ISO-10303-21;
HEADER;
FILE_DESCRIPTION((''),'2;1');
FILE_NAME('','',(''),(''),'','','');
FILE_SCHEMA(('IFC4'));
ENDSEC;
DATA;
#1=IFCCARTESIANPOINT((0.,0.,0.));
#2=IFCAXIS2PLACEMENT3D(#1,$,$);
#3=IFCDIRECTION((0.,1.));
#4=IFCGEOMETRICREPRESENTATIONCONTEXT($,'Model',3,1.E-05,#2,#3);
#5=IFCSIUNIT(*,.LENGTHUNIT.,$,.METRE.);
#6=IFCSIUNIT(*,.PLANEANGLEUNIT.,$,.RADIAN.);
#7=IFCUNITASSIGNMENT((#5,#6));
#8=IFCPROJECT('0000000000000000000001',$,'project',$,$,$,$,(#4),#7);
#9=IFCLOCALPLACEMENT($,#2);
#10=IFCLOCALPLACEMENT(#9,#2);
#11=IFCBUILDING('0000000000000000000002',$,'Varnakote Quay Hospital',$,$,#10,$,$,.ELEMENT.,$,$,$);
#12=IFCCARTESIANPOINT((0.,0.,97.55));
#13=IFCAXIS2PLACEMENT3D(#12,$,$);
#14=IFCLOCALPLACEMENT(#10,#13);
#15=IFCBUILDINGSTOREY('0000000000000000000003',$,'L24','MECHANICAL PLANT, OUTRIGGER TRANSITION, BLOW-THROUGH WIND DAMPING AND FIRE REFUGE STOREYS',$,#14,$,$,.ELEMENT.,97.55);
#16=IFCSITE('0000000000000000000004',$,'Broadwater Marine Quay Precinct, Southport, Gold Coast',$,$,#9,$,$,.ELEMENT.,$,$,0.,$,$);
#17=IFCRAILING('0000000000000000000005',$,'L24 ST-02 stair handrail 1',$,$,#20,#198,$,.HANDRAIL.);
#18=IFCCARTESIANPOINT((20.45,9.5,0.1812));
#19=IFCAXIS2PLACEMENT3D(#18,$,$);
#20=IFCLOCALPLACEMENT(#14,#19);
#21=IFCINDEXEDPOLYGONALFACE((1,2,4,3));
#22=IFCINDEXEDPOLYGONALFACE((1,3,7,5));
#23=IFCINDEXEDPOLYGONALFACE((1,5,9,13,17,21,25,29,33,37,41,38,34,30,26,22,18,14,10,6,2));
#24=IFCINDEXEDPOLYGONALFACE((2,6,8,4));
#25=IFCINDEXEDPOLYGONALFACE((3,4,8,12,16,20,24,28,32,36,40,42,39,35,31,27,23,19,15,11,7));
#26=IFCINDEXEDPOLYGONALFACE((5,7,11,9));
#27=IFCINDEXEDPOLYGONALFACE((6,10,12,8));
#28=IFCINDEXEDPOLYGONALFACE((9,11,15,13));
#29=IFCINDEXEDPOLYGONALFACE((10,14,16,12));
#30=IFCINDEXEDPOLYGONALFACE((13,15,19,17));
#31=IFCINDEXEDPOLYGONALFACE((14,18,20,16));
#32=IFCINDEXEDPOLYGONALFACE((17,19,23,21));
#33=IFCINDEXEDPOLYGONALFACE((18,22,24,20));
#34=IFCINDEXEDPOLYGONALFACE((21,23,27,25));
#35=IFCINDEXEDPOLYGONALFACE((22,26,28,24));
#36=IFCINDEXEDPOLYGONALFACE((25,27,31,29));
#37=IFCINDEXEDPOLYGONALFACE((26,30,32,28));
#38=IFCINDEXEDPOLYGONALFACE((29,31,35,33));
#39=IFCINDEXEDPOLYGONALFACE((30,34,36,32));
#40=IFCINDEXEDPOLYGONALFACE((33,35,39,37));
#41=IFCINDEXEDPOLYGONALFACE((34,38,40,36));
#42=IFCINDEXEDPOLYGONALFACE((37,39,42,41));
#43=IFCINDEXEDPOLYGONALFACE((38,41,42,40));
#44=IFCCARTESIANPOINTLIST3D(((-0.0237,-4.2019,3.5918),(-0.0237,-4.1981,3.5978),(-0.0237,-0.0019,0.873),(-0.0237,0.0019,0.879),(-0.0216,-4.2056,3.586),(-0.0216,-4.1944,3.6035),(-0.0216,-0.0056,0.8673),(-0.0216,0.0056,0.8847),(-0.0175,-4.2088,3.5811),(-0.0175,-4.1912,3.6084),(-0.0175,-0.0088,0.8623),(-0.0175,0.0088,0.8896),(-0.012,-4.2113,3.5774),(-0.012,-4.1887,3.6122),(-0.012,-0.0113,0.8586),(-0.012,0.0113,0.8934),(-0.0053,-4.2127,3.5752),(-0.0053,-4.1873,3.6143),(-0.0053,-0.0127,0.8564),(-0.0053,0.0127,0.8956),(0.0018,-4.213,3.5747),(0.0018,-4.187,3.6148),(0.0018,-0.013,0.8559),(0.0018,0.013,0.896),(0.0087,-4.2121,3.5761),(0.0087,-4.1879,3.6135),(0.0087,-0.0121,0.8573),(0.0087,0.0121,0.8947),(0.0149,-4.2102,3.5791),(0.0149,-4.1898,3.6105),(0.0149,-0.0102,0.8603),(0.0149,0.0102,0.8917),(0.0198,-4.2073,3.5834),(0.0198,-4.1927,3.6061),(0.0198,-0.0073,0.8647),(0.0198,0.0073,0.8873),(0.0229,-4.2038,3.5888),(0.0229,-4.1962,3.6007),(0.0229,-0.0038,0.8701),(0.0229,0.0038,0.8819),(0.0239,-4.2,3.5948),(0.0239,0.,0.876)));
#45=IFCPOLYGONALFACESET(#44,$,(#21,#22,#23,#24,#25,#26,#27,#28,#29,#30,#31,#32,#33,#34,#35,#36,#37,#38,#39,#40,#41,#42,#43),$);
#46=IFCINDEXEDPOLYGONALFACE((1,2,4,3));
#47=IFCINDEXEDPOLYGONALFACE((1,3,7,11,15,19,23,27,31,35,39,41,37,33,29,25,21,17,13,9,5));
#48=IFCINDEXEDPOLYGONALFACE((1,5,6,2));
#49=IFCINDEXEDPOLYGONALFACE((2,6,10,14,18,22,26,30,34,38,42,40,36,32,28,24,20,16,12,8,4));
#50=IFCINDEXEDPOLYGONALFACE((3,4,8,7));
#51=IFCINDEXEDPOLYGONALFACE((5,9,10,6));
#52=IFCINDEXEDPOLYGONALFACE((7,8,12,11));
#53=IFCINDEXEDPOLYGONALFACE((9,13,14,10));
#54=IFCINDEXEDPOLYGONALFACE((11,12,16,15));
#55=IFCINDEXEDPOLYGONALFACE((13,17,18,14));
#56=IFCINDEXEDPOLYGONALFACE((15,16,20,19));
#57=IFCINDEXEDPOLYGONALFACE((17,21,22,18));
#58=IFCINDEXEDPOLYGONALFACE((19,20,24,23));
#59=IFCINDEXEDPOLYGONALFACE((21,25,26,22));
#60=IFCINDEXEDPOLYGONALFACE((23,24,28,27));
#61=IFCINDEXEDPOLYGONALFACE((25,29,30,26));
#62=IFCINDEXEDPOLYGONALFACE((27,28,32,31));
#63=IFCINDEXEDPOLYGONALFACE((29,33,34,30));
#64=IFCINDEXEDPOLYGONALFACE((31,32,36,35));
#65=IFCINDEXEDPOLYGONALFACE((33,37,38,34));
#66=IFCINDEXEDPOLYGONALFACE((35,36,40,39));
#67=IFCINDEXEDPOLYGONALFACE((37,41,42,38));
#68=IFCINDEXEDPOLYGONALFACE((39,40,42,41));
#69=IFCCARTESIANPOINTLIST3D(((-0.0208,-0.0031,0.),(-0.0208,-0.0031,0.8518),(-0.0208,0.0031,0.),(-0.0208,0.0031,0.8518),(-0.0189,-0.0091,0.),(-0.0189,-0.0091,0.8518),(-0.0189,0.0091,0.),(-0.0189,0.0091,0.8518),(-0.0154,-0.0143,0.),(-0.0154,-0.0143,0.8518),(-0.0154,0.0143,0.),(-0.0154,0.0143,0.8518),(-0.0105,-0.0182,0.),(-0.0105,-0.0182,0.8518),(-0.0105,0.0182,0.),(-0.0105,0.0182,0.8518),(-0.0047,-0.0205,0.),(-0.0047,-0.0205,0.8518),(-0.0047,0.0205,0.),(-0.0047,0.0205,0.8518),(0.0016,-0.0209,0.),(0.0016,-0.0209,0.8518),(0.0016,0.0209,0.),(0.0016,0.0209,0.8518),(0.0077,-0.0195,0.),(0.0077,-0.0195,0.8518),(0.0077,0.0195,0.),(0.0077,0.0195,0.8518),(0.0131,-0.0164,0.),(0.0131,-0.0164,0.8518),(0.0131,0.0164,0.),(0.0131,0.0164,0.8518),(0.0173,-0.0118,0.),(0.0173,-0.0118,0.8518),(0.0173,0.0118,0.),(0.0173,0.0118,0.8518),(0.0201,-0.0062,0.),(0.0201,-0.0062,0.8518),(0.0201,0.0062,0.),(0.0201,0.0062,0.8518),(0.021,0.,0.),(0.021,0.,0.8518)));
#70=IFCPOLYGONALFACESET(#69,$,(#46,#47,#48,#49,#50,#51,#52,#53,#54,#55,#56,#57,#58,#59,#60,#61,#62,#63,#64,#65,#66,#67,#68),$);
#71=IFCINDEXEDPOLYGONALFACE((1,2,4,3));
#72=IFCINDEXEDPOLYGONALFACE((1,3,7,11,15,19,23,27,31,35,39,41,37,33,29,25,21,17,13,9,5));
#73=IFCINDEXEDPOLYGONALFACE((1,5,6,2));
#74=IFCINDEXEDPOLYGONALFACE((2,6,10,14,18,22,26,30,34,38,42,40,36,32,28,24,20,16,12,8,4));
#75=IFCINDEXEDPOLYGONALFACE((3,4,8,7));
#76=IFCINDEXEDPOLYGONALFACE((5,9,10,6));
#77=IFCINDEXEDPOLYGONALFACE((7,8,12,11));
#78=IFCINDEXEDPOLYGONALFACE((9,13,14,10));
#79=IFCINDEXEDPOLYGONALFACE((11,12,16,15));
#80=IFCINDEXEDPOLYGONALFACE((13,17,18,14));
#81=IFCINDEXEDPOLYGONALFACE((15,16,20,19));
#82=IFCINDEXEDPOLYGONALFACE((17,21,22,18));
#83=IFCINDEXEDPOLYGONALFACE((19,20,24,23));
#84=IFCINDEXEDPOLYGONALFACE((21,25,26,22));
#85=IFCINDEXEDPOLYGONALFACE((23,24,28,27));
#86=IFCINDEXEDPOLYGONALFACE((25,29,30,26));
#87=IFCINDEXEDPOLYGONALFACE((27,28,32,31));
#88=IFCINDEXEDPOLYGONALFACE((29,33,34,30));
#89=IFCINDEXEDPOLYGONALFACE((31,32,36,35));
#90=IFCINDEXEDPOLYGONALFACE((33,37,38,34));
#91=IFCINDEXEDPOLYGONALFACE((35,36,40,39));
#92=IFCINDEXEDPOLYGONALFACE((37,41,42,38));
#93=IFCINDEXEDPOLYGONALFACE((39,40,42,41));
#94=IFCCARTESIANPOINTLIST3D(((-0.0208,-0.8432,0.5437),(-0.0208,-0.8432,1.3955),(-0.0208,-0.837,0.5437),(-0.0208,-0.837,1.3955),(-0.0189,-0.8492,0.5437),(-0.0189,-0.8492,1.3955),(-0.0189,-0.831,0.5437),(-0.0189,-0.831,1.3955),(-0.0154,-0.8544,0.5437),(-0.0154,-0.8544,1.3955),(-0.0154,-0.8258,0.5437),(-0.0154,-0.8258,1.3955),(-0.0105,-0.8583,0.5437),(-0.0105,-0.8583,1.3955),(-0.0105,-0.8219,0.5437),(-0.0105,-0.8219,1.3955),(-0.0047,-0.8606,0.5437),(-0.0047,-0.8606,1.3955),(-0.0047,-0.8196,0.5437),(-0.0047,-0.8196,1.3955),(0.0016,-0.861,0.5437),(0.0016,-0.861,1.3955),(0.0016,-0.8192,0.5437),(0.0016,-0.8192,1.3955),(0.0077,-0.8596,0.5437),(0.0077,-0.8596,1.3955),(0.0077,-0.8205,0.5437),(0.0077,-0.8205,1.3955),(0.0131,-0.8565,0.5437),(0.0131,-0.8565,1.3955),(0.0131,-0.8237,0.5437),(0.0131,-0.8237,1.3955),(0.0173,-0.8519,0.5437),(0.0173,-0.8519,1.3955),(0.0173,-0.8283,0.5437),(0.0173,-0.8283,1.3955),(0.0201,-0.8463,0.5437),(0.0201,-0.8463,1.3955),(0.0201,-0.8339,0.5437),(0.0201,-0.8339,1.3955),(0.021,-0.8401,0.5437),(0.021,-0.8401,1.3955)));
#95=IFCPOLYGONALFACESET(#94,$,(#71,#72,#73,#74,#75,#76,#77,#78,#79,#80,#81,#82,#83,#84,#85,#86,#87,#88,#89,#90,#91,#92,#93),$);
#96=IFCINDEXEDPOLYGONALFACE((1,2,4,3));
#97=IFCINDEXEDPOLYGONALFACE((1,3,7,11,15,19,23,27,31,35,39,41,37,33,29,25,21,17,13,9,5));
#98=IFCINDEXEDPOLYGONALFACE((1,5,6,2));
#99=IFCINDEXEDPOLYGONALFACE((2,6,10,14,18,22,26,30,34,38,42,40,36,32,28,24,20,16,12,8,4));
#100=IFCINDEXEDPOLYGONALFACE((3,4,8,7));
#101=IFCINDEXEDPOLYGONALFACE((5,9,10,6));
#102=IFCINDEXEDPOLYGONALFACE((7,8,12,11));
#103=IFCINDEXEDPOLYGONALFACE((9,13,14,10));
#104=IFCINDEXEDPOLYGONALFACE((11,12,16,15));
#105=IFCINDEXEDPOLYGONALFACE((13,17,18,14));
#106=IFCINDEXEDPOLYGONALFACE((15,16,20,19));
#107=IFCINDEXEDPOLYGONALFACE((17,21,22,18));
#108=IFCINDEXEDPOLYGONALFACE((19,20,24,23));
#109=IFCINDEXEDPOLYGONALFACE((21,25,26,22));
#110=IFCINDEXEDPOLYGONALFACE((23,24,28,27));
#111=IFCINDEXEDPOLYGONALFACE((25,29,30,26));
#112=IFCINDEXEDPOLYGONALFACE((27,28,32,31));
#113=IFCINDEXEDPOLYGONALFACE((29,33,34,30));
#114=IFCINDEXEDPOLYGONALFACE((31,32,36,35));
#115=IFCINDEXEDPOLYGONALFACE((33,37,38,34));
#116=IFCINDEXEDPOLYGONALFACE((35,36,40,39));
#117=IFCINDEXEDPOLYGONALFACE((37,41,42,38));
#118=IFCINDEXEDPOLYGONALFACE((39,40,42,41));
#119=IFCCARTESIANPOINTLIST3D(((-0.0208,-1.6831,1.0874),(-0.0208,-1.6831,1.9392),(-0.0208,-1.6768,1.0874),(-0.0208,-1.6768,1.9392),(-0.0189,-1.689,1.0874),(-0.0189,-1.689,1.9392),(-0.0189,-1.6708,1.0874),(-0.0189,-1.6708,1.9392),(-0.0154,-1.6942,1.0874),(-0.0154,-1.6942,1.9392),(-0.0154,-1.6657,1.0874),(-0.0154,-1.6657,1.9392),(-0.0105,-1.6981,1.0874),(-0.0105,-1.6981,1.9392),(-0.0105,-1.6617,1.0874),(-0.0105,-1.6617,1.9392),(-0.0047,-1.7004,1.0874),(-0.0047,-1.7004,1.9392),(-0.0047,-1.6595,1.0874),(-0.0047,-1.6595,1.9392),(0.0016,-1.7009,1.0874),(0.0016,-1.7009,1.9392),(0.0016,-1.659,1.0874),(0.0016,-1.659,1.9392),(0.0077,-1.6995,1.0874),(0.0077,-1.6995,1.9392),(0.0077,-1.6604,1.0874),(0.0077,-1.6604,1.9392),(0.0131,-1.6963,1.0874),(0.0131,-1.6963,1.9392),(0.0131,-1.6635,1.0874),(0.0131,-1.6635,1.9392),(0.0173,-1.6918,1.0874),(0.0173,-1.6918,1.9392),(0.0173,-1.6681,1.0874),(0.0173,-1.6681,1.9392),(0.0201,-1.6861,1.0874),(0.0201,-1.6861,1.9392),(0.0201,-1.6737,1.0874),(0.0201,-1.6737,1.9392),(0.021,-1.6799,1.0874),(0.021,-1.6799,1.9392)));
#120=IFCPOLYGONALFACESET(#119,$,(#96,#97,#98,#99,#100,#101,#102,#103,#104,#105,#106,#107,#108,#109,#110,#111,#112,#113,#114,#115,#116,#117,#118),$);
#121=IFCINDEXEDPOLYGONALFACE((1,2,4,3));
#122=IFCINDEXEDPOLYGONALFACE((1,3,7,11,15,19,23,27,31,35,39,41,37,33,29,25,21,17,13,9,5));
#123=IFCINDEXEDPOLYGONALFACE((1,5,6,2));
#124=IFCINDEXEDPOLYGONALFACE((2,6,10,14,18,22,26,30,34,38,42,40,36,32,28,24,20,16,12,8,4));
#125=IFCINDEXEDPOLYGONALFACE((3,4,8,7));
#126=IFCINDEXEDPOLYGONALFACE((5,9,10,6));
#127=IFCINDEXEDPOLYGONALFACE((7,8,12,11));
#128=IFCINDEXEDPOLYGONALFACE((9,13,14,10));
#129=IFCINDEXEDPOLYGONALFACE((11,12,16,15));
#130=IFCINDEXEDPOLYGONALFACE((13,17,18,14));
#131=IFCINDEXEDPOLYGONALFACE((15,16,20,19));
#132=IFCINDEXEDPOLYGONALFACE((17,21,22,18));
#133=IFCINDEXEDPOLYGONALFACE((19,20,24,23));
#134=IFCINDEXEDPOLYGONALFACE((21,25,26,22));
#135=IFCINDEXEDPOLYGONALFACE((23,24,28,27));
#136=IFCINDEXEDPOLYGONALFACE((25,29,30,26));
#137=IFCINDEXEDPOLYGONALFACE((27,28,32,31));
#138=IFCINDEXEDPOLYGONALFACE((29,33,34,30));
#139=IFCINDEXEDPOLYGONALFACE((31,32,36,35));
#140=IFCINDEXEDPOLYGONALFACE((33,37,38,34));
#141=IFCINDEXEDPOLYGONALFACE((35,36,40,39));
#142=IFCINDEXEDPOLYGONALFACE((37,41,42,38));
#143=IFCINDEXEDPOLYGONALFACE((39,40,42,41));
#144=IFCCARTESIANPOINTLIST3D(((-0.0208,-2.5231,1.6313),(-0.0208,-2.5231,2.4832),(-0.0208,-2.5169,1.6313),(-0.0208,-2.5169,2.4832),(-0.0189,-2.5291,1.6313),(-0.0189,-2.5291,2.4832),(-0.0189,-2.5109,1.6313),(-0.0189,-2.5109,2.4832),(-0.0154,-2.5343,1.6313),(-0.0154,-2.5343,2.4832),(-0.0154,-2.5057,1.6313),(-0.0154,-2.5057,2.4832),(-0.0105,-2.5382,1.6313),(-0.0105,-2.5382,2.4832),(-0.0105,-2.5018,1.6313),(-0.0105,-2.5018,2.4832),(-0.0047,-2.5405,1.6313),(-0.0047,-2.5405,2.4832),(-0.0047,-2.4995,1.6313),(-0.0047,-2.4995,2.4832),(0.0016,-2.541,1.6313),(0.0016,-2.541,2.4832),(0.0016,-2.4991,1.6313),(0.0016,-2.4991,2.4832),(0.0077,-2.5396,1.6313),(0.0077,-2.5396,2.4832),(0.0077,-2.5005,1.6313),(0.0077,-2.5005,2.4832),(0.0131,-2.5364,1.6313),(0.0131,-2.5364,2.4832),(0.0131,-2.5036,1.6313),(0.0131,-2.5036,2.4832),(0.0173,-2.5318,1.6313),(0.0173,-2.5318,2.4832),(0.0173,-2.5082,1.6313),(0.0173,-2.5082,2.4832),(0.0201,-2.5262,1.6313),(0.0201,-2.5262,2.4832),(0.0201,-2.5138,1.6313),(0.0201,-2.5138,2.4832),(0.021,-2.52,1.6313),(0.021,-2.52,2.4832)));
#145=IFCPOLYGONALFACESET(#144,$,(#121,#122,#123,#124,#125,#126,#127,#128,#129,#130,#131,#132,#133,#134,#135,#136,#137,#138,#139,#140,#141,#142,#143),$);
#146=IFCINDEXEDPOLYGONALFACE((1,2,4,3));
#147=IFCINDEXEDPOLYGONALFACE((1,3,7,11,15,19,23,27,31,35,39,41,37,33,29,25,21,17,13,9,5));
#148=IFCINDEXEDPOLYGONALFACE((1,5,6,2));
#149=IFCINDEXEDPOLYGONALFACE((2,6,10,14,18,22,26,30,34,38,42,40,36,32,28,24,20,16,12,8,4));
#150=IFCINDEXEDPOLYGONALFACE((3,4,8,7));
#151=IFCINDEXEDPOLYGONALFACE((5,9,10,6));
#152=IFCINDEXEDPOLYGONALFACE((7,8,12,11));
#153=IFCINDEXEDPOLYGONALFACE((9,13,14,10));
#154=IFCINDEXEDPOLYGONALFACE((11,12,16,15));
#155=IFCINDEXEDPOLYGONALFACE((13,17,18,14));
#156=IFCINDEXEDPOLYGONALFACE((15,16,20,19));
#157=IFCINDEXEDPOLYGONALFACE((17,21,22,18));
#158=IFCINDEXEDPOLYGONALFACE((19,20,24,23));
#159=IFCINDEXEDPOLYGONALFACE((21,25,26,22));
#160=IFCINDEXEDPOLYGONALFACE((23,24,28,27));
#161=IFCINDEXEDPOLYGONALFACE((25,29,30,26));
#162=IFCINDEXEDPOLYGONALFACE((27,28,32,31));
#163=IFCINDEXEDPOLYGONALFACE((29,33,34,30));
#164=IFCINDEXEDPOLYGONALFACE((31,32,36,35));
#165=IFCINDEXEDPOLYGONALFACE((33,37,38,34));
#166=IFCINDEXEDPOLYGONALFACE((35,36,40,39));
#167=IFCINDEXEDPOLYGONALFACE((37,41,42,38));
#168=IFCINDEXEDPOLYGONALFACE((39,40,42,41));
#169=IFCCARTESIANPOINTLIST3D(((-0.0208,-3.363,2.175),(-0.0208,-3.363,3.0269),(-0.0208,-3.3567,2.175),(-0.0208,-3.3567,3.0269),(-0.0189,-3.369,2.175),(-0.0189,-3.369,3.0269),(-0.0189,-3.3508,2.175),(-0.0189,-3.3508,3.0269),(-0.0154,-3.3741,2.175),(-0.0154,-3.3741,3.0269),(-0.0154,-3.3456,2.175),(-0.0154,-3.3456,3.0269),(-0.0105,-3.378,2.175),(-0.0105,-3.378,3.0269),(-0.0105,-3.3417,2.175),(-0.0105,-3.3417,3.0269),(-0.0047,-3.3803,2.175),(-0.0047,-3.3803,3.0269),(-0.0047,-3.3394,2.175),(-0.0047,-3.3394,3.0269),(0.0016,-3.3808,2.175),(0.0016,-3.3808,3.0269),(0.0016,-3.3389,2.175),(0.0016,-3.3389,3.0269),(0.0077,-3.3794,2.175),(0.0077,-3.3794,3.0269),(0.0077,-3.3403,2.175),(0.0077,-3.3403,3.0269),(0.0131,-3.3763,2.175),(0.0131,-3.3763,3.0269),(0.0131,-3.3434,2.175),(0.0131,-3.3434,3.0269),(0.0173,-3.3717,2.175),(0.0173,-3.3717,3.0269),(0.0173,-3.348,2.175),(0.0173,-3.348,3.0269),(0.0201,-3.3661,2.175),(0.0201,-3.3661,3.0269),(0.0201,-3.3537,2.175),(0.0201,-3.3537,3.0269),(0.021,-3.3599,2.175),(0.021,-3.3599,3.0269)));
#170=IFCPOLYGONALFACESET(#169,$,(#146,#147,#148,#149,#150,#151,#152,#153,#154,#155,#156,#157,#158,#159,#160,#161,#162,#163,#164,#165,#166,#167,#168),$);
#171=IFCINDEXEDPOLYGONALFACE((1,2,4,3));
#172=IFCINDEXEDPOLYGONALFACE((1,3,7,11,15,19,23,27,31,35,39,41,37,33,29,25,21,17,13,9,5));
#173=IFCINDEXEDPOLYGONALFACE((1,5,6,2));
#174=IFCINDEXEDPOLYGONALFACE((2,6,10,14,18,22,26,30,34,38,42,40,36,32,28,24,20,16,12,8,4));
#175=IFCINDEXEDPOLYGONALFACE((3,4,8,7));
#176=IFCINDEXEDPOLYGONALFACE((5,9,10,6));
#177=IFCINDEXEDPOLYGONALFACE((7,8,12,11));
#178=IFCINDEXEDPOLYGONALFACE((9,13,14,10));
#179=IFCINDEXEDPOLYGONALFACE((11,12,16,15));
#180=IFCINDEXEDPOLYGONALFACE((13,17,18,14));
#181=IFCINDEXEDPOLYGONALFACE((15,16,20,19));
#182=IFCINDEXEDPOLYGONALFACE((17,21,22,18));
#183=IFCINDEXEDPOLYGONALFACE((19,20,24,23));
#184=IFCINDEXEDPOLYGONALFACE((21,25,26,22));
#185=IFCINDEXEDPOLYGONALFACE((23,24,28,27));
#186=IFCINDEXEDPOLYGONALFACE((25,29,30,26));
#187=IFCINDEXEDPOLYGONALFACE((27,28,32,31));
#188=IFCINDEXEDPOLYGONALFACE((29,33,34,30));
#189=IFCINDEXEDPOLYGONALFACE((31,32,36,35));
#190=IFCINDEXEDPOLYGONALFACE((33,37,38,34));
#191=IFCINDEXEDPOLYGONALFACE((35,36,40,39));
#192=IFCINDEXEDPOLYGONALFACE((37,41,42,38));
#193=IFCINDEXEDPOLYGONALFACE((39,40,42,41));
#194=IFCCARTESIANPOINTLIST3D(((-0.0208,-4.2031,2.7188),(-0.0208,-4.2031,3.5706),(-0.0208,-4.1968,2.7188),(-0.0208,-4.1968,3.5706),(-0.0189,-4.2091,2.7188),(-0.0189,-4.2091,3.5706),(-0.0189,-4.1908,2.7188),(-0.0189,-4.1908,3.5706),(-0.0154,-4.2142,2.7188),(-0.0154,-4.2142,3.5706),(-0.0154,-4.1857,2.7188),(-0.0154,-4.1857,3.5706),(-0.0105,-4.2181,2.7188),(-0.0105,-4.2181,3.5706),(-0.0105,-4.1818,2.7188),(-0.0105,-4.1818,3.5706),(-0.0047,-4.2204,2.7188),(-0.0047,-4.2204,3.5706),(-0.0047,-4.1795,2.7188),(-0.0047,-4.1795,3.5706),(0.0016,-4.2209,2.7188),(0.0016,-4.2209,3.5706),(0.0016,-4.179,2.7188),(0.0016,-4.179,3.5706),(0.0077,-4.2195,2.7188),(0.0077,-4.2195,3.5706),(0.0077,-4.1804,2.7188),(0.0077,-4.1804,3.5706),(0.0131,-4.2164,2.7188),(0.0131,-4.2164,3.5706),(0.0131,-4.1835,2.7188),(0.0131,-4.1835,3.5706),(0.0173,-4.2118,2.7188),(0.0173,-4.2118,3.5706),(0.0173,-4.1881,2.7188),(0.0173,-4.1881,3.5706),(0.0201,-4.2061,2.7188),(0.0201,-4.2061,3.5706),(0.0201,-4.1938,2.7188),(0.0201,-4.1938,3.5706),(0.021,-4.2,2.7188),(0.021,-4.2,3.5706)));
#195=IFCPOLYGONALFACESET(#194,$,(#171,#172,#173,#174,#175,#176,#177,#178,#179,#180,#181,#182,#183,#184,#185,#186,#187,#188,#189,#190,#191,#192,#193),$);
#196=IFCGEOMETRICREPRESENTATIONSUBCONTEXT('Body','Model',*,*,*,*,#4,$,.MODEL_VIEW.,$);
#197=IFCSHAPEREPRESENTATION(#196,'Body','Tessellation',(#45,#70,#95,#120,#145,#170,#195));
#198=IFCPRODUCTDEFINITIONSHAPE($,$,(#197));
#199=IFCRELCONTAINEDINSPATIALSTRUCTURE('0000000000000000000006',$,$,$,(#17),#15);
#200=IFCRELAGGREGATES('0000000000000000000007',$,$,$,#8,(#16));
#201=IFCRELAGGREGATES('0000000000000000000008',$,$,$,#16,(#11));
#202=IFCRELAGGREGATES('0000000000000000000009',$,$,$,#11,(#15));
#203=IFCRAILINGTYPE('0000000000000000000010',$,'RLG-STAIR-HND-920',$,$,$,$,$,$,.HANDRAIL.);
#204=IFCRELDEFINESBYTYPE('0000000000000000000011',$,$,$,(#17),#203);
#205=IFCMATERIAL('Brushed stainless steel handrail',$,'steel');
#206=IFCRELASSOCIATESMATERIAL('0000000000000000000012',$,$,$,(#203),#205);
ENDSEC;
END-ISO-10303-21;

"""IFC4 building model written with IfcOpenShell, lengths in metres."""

from ifc_helpers import new_model, si_unit, direction, frame, origin, origin_2d, place, context, subcontext, project, spatial, circle, extrude, material, type_object, element, save


model = new_model("IFC4")

# Units and contexts
model_context = context("Model", 3, precision=1e-05, world=origin(), true_north=direction((0.0, 1.0)))
body_context = subcontext(model_context, "Body", "Model", "MODEL_VIEW")
ifc_project = project(units=[si_unit("LENGTHUNIT", "METRE"), si_unit("PLANEANGLEUNIT", "RADIAN")], contexts=[model_context])

# Site, building, storey
site_placement = place(None, origin())
site = spatial("IfcSite", under=ifc_project, at=site_placement, Name="Broadwater Marine Quay Precinct, Southport, Gold Coast", CompositionType="ELEMENT", RefElevation=0.0)
building_placement = place(site_placement, origin())
building = spatial("IfcBuilding", under=site, at=building_placement, Name="Varnakote Quay Hospital", CompositionType="ELEMENT")
storey_placement = place(building_placement, frame((0.0, 0.0, 97.55)))
storey = spatial("IfcBuildingStorey", under=building, at=storey_placement, Name="L24", Description="MECHANICAL PLANT, OUTRIGGER TRANSITION, BLOW-THROUGH WIND DAMPING AND FIRE REFUGE STOREYS", CompositionType="ELEMENT", Elevation=97.55)

# Railing
ifc_material_1 = material(Name="Brushed stainless steel handrail", Category="steel")
railing_type_1 = type_object("IfcRailingType", Name="RLG-STAIR-HND-920", PredefinedType="HANDRAIL", material=ifc_material_1)
railing_1_placement = place(storey_placement, frame((20.45, 9.5, 0.1812)))
element("IfcRailing", 1, at=railing_1_placement, inside=storey, type_object=railing_type_1, Name="L24 ST-02 stair handrail 1", PredefinedType="HANDRAIL", context=body_context, shape_type="SweptSolid", body=[
    extrude(circle(Radius=0.0239, at=origin_2d()), frame((0.0, 0.0, 0.876), z_axis=(0.0, -0.839467, 0.543411), x_axis=(1.0, 0.0, 0.0)), (0.0, 0.0, 1.0), 5.0032),
    extrude(circle(Radius=0.021, at=origin_2d()), origin(), (0.0, 0.0, 1.0), 0.8518),
    extrude(circle(Radius=0.021, at=origin_2d()), frame((0.0, -0.8401, 0.5437)), (0.0, 0.0, 1.0), 0.8518),
    extrude(circle(Radius=0.021, at=origin_2d()), frame((0.0, -1.6799, 1.0874)), (0.0, 0.0, 1.0), 0.8518),
    extrude(circle(Radius=0.021, at=origin_2d()), frame((0.0, -2.52, 1.6313)), (0.0, 0.0, 1.0), 0.8518),
    extrude(circle(Radius=0.021, at=origin_2d()), frame((0.0, -3.3599, 2.175)), (0.0, 0.0, 1.0), 0.8518),
    extrude(circle(Radius=0.021, at=origin_2d()), frame((0.0, -4.2, 2.7188)), (0.0, 0.0, 1.0), 0.8518),
])

save(model, "model.ifc")
